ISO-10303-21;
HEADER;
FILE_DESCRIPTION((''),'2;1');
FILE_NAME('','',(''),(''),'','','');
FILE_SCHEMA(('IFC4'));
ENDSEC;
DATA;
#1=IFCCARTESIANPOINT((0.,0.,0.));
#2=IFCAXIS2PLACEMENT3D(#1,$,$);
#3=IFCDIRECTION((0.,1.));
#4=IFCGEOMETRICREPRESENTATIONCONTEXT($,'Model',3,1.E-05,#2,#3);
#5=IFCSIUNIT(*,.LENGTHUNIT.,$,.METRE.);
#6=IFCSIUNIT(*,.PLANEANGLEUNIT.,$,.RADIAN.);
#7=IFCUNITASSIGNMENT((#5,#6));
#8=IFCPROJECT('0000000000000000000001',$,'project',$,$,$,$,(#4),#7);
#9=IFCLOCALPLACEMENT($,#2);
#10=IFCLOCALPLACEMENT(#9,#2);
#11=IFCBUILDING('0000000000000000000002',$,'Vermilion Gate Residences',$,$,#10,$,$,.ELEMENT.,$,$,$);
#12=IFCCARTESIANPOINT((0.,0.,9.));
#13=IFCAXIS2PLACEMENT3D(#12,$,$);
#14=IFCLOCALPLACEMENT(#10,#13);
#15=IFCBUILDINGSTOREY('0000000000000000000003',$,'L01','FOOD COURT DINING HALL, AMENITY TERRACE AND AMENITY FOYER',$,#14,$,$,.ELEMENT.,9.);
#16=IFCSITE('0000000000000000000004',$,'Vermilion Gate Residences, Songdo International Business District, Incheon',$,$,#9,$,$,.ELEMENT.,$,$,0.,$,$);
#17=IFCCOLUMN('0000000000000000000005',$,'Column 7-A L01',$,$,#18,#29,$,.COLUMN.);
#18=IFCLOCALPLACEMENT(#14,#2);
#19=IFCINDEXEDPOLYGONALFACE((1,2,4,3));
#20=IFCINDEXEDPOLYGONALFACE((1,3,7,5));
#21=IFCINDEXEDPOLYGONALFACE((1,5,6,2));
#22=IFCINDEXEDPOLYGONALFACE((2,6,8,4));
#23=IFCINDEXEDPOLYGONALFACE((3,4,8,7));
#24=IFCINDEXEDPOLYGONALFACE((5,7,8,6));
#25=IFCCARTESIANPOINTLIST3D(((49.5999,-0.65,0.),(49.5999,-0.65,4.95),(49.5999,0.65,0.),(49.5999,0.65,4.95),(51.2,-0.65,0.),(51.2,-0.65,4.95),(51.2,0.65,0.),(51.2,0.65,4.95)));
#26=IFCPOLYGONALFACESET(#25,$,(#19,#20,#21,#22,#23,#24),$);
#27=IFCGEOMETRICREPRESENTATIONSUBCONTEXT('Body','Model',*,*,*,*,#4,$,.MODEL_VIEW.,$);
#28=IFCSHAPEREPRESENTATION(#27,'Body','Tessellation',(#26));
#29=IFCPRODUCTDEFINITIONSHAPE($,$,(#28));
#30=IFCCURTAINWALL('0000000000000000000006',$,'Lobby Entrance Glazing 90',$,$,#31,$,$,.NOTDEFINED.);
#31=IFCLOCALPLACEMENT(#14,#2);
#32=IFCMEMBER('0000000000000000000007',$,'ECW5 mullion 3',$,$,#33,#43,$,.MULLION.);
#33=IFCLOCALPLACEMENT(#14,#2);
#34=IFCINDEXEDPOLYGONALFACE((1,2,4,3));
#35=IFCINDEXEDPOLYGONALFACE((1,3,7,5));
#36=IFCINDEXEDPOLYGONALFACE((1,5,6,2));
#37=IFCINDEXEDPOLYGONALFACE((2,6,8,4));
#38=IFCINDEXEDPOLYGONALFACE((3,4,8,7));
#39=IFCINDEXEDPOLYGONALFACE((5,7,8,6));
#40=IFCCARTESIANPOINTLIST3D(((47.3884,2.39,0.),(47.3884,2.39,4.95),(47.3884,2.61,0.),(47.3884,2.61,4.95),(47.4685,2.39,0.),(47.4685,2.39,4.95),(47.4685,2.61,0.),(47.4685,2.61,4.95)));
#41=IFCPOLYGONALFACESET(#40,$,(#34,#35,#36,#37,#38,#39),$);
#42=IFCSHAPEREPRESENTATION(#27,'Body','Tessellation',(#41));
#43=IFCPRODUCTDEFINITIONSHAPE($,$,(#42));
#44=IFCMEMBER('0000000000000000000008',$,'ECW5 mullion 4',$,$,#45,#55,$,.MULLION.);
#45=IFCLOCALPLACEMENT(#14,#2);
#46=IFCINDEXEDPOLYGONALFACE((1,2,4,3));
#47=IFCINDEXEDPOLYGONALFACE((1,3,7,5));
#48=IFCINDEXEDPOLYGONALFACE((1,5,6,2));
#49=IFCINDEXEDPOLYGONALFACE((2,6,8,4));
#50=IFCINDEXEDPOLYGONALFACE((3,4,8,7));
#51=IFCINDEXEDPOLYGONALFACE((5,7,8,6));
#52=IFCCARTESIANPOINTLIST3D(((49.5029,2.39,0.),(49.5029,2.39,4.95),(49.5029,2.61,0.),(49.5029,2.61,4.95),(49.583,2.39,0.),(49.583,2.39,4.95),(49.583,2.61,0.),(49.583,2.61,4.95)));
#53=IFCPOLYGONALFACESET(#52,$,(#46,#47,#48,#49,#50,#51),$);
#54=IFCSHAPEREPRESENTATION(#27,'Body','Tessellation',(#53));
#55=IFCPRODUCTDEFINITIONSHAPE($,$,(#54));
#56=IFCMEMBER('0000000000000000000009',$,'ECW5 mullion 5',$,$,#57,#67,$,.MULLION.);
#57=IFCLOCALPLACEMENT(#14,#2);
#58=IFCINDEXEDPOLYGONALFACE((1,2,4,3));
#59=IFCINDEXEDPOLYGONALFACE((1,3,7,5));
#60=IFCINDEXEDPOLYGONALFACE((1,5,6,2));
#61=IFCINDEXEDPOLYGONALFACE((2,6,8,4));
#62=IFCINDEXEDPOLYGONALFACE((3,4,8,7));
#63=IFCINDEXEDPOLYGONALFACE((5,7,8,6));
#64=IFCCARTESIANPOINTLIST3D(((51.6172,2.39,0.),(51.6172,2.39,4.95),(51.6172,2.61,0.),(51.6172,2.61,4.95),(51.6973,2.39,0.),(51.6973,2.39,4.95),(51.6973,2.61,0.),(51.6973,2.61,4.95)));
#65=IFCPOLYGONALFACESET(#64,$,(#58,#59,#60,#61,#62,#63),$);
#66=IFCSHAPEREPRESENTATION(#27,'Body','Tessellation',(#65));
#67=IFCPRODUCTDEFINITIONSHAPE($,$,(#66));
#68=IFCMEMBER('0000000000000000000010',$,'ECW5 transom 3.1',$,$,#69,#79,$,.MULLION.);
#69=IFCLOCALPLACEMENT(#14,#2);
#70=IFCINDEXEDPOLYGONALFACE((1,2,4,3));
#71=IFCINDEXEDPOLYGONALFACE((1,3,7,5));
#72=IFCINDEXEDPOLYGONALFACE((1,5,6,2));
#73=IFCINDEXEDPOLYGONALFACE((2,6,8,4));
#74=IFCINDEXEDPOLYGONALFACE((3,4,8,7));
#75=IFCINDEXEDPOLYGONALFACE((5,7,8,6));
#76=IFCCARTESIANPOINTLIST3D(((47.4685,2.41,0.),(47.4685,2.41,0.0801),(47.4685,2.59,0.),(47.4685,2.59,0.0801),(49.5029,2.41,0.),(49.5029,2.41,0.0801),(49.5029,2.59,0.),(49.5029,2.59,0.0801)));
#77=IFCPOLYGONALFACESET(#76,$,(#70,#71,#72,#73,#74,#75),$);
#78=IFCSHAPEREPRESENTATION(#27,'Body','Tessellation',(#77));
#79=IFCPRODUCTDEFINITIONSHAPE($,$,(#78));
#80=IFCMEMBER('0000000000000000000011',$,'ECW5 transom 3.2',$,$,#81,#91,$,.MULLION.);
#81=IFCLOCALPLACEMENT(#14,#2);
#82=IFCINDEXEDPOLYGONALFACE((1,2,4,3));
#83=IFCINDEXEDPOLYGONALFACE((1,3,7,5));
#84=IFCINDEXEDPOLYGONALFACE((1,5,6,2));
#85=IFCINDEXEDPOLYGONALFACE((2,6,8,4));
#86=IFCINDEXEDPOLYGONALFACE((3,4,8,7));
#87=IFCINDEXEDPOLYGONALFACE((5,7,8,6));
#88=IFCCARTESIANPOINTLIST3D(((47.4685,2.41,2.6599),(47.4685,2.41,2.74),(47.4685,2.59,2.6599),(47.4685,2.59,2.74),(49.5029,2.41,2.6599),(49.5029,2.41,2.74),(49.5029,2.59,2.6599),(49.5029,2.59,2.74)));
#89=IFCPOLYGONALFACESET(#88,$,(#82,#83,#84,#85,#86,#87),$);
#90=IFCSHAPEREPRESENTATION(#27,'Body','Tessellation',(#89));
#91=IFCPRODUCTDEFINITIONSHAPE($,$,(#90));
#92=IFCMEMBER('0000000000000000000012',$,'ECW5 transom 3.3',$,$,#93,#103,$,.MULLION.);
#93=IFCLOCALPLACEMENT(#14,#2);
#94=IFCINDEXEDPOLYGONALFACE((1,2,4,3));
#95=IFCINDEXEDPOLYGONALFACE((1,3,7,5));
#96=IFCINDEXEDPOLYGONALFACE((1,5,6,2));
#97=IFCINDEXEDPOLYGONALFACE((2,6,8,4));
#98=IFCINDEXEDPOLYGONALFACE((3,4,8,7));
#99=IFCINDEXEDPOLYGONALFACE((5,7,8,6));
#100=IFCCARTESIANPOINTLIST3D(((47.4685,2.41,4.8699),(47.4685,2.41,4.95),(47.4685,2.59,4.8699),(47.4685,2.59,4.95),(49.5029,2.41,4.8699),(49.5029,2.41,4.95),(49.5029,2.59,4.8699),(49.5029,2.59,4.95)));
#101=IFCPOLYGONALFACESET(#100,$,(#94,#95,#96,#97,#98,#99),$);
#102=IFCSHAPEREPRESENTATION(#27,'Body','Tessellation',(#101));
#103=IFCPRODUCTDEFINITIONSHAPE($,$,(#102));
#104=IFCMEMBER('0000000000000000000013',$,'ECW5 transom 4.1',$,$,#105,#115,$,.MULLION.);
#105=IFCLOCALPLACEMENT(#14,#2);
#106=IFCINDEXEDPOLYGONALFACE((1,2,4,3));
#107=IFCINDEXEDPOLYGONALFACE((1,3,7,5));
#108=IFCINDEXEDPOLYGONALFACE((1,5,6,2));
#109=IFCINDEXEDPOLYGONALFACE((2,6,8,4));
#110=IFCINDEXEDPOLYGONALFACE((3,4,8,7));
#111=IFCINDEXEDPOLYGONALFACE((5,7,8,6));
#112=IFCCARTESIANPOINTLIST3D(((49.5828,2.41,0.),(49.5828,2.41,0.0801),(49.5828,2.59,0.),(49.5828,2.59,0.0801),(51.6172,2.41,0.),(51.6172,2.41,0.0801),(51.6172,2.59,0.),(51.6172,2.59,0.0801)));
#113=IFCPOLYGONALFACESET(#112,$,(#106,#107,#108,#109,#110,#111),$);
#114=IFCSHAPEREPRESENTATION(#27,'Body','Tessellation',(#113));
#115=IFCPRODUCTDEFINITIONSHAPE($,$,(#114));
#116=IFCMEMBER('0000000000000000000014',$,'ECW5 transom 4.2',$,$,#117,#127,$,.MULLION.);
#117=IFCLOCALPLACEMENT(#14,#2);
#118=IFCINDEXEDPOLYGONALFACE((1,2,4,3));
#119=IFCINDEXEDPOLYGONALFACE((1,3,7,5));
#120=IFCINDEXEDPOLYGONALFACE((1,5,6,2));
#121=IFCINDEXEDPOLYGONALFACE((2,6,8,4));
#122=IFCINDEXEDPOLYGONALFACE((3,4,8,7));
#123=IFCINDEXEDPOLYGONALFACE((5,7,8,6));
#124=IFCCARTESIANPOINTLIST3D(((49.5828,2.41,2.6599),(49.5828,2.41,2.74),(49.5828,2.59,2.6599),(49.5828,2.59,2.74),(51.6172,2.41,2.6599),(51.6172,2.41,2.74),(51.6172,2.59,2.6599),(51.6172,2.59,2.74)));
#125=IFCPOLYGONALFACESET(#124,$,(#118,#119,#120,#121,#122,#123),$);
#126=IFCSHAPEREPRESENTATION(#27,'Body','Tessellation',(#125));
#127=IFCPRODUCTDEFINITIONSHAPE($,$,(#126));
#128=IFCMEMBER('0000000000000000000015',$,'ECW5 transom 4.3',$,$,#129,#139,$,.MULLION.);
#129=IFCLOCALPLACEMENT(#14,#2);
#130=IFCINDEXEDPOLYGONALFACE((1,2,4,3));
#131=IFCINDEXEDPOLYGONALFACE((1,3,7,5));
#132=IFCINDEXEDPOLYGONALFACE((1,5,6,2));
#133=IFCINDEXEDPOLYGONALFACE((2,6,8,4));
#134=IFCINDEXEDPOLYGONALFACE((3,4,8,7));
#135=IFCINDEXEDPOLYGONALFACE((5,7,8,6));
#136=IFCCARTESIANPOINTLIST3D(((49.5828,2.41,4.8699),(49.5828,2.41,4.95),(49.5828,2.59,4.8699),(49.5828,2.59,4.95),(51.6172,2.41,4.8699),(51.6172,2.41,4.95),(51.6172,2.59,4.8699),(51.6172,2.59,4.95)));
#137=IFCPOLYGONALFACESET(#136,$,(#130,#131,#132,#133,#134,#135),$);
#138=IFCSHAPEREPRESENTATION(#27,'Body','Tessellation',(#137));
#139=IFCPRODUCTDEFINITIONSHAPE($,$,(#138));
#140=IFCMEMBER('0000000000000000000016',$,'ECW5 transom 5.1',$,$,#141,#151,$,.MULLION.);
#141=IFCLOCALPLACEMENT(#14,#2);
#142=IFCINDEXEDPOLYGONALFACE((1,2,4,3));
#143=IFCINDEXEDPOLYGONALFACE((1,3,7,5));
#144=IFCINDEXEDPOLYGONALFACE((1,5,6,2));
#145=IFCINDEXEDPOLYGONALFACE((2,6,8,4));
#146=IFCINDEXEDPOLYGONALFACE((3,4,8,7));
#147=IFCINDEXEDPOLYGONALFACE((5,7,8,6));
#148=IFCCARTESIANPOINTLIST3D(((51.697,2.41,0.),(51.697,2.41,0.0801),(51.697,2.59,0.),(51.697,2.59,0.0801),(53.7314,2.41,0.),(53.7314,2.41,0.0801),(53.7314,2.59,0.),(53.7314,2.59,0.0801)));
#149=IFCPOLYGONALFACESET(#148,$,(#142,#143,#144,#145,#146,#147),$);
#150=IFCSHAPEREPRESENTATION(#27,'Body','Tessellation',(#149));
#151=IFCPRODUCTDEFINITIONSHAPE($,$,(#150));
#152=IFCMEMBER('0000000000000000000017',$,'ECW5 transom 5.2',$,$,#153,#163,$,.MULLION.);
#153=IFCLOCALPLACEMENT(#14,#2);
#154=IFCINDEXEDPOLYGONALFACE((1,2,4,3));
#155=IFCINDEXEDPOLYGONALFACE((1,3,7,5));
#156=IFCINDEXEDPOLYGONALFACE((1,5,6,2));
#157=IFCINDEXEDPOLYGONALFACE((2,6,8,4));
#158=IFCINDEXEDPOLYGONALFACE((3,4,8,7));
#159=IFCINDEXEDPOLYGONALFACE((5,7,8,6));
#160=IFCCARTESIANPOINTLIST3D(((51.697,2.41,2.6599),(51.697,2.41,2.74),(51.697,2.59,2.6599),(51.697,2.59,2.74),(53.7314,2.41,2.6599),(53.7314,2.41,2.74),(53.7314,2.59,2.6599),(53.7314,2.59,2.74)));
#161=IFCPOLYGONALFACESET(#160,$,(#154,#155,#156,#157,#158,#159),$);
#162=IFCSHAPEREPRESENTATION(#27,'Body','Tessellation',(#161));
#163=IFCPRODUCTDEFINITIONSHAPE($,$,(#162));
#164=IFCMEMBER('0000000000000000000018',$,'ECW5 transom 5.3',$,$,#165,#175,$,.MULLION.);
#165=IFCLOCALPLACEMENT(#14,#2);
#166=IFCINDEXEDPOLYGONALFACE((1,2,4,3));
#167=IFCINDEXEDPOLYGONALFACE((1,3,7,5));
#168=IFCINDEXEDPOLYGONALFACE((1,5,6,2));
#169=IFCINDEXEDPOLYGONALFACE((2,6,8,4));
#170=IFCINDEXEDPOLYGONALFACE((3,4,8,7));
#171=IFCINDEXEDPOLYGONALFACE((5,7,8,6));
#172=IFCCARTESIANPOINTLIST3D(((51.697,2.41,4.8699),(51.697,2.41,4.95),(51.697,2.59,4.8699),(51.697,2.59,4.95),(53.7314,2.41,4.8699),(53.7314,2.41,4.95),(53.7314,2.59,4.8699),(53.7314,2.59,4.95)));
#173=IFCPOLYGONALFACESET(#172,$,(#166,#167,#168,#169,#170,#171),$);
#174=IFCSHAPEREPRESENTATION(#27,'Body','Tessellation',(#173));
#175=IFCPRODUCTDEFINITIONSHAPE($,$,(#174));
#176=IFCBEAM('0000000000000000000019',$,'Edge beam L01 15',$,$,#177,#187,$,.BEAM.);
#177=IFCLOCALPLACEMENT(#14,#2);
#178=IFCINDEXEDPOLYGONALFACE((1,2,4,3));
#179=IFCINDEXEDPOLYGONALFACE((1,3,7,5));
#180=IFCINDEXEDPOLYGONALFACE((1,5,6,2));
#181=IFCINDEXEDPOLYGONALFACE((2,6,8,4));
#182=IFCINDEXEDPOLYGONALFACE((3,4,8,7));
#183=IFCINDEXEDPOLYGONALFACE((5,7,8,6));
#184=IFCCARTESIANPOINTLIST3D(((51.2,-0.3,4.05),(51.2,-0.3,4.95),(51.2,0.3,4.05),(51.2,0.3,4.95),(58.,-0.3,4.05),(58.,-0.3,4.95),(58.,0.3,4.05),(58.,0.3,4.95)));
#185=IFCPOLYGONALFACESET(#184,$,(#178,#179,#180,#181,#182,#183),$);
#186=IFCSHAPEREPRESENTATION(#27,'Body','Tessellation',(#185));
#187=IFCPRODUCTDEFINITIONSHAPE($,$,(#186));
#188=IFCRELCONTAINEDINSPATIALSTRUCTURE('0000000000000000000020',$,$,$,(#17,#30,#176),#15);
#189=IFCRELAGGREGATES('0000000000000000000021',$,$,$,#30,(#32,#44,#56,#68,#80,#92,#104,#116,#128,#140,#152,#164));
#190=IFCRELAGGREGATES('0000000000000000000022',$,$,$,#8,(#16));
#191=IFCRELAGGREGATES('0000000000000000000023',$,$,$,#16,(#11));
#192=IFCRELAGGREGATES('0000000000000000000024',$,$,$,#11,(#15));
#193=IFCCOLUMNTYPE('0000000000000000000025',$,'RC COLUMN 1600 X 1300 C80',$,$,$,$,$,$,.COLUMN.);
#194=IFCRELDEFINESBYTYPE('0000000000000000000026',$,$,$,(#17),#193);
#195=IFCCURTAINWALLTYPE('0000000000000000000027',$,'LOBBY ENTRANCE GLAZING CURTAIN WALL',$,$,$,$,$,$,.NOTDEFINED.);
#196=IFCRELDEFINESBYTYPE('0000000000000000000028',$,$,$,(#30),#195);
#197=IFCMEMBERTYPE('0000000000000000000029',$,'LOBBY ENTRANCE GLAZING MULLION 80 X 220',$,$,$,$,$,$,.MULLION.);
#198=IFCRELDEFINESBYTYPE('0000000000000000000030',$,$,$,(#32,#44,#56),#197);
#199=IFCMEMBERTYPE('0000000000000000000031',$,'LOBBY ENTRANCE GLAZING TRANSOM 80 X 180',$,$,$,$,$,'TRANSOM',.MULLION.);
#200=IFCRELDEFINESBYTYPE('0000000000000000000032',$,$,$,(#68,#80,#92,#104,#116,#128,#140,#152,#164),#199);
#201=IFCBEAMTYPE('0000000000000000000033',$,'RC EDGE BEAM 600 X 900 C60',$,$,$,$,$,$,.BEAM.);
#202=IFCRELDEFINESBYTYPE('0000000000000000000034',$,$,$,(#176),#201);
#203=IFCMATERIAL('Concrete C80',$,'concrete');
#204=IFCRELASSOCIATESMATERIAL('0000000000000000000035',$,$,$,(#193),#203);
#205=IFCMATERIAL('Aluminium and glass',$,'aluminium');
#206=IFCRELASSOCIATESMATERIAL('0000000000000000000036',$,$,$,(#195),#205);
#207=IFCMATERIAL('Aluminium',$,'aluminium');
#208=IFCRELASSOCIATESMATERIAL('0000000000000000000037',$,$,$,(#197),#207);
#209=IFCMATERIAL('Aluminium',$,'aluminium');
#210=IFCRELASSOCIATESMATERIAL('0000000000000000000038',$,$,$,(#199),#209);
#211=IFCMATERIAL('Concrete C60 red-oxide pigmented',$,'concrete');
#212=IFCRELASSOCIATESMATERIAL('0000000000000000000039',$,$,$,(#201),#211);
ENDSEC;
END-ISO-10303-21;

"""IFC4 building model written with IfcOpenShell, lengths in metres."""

from ifc_helpers import new_model, si_unit, direction, frame, origin, origin_2d, place, context, subcontext, project, spatial, rectangle, extrude, material, material_profile, profile_set, type_object, element, aggregate, save


model = new_model("IFC4")

# Units and contexts
model_context = context("Model", 3, precision=1e-05, world=origin(), true_north=direction((0.0, 1.0)))
body_context = subcontext(model_context, "Body", "Model", "MODEL_VIEW")
ifc_project = project(units=[si_unit("LENGTHUNIT", "METRE"), si_unit("PLANEANGLEUNIT", "RADIAN")], contexts=[model_context])

# Site, building, storey
site_placement = place(None, origin())
site = spatial("IfcSite", under=ifc_project, at=site_placement, Name="Vermilion Gate Residences, Songdo International Business District, Incheon", CompositionType="ELEMENT", RefElevation=0.0)
building_placement = place(site_placement, origin())
building = spatial("IfcBuilding", under=site, at=building_placement, Name="Vermilion Gate Residences", CompositionType="ELEMENT")
storey_placement = place(building_placement, frame((0.0, 0.0, 9.0)))
storey = spatial("IfcBuildingStorey", under=building, at=storey_placement, Name="L01", Description="FOOD COURT DINING HALL, AMENITY TERRACE AND AMENITY FOYER", CompositionType="ELEMENT", Elevation=9.0)

# Column
ifc_material_1 = material(Name="Concrete C80", Category="concrete")
ifc_material_profile_1 = material_profile(ifc_material_1, rectangle(XDim=1.6001, YDim=1.3, at=origin_2d()), Name="RC-1600x1300")
ifc_profile_set_1 = profile_set([ifc_material_profile_1], Name="Concrete C80")
column_type = type_object("IfcColumnType", Name="RC COLUMN 1600 X 1300 C80", PredefinedType="COLUMN", material=ifc_profile_set_1)
column_placement = place(storey_placement, frame((50.3999, 0.0, 0.0), z_axis=(0.0, 0.0, 1.0), x_axis=(1.0, 0.0, 0.0)))
element("IfcColumn", 1, at=column_placement, inside=storey, type_object=column_type, Name="Column 7-A L01", PredefinedType="COLUMN", context=body_context, shape_type="SweptSolid", body=[
    extrude(rectangle(XDim=1.6001, YDim=1.3, at=origin_2d()), origin(), (0.0, 0.0, 1.0), 4.95),
])

# Curtain wall, members
ifc_material_2 = material(Name="Aluminium and glass", Category="aluminium")
curtain_wall_type = type_object("IfcCurtainWallType", Name="LOBBY ENTRANCE GLAZING CURTAIN WALL", PredefinedType="NOTDEFINED", material=ifc_material_2)
curtain_wall_placement = place(storey_placement, origin())
curtain_wall = element("IfcCurtainWall", 2, at=curtain_wall_placement, inside=storey, type_object=curtain_wall_type, Name="Lobby Entrance Glazing 90", PredefinedType="NOTDEFINED")
ifc_material_3 = material(Name="Aluminium", Category="aluminium")
ifc_material_profile_2 = material_profile(ifc_material_3, rectangle(XDim=0.22, YDim=0.0801, at=origin_2d()), Name="MULLION 80 X 220")
ifc_profile_set_2 = profile_set([ifc_material_profile_2], Name="Aluminium")
member_type_1 = type_object("IfcMemberType", Name="LOBBY ENTRANCE GLAZING MULLION 80 X 220", PredefinedType="MULLION", material=ifc_profile_set_2)
member_1_placement = place(storey_placement, frame((47.4285, 2.5, 0.0), z_axis=(0.0, 0.0, 1.0), x_axis=(0.0, 1.0, 0.0)))
member_1 = element("IfcMember", 3, at=member_1_placement, type_object=member_type_1, Name="ECW5 mullion 3", PredefinedType="MULLION", context=body_context, shape_type="SweptSolid", body=[
    extrude(rectangle(XDim=0.22, YDim=0.0801, at=origin_2d()), origin(), (0.0, 0.0, 1.0), 4.95),
])
member_2_placement = place(storey_placement, frame((49.543, 2.5, 0.0), z_axis=(0.0, 0.0, 1.0), x_axis=(0.0, 1.0, 0.0)))
member_2 = element("IfcMember", 4, at=member_2_placement, type_object=member_type_1, Name="ECW5 mullion 4", PredefinedType="MULLION", context=body_context, shape_type="SweptSolid", body=[
    extrude(rectangle(XDim=0.22, YDim=0.0801, at=origin_2d()), origin(), (0.0, 0.0, 1.0), 4.95),
])
member_3_placement = place(storey_placement, frame((51.6572, 2.5, 0.0), z_axis=(0.0, 0.0, 1.0), x_axis=(0.0, 1.0, 0.0)))
member_3 = element("IfcMember", 5, at=member_3_placement, type_object=member_type_1, Name="ECW5 mullion 5", PredefinedType="MULLION", context=body_context, shape_type="SweptSolid", body=[
    extrude(rectangle(XDim=0.22, YDim=0.0801, at=origin_2d()), origin(), (0.0, 0.0, 1.0), 4.95),
])
ifc_material_4 = material(Name="Aluminium", Category="aluminium")
ifc_material_profile_3 = material_profile(ifc_material_4, rectangle(XDim=0.1799, YDim=0.0801, at=origin_2d()), Name="TRANSOM 80 X 180")
ifc_profile_set_3 = profile_set([ifc_material_profile_3], Name="Aluminium")
member_type_2 = type_object("IfcMemberType", Name="LOBBY ENTRANCE GLAZING TRANSOM 80 X 180", ElementType="TRANSOM", PredefinedType="MULLION", material=ifc_profile_set_3)
member_4_placement = place(storey_placement, frame((47.4685, 2.5, 0.04), z_axis=(1.0, 0.0, 0.0), x_axis=(0.0, 1.0, 0.0)))
member_4 = element("IfcMember", 6, at=member_4_placement, type_object=member_type_2, Name="ECW5 transom 3.1", PredefinedType="MULLION", context=body_context, shape_type="SweptSolid", body=[
    extrude(rectangle(XDim=0.1799, YDim=0.0801, at=origin_2d()), origin(), (0.0, 0.0, 1.0), 2.0344),
])
member_5_placement = place(storey_placement, frame((47.4685, 2.5, 2.7), z_axis=(1.0, 0.0, 0.0), x_axis=(0.0, 1.0, 0.0)))
member_5 = element("IfcMember", 7, at=member_5_placement, type_object=member_type_2, Name="ECW5 transom 3.2", PredefinedType="MULLION", context=body_context, shape_type="SweptSolid", body=[
    extrude(rectangle(XDim=0.1799, YDim=0.0801, at=origin_2d()), origin(), (0.0, 0.0, 1.0), 2.0344),
])
member_6_placement = place(storey_placement, frame((47.4685, 2.5, 4.9099), z_axis=(1.0, 0.0, 0.0), x_axis=(0.0, 1.0, 0.0)))
member_6 = element("IfcMember", 8, at=member_6_placement, type_object=member_type_2, Name="ECW5 transom 3.3", PredefinedType="MULLION", context=body_context, shape_type="SweptSolid", body=[
    extrude(rectangle(XDim=0.1799, YDim=0.0801, at=origin_2d()), origin(), (0.0, 0.0, 1.0), 2.0344),
])
member_7_placement = place(storey_placement, frame((49.5828, 2.5, 0.04), z_axis=(1.0, 0.0, 0.0), x_axis=(0.0, 1.0, 0.0)))
member_7 = element("IfcMember", 9, at=member_7_placement, type_object=member_type_2, Name="ECW5 transom 4.1", PredefinedType="MULLION", context=body_context, shape_type="SweptSolid", body=[
    extrude(rectangle(XDim=0.1799, YDim=0.0801, at=origin_2d()), origin(), (0.0, 0.0, 1.0), 2.0344),
])
member_8_placement = place(storey_placement, frame((49.5828, 2.5, 2.7), z_axis=(1.0, 0.0, 0.0), x_axis=(0.0, 1.0, 0.0)))
member_8 = element("IfcMember", 10, at=member_8_placement, type_object=member_type_2, Name="ECW5 transom 4.2", PredefinedType="MULLION", context=body_context, shape_type="SweptSolid", body=[
    extrude(rectangle(XDim=0.1799, YDim=0.0801, at=origin_2d()), origin(), (0.0, 0.0, 1.0), 2.0344),
])
member_9_placement = place(storey_placement, frame((49.5828, 2.5, 4.9099), z_axis=(1.0, 0.0, 0.0), x_axis=(0.0, 1.0, 0.0)))
member_9 = element("IfcMember", 11, at=member_9_placement, type_object=member_type_2, Name="ECW5 transom 4.3", PredefinedType="MULLION", context=body_context, shape_type="SweptSolid", body=[
    extrude(rectangle(XDim=0.1799, YDim=0.0801, at=origin_2d()), origin(), (0.0, 0.0, 1.0), 2.0344),
])
member_10_placement = place(storey_placement, frame((51.697, 2.5, 0.04), z_axis=(1.0, 0.0, 0.0), x_axis=(0.0, 1.0, 0.0)))
member_10 = element("IfcMember", 12, at=member_10_placement, type_object=member_type_2, Name="ECW5 transom 5.1", PredefinedType="MULLION", context=body_context, shape_type="SweptSolid", body=[
    extrude(rectangle(XDim=0.1799, YDim=0.0801, at=origin_2d()), origin(), (0.0, 0.0, 1.0), 2.0344),
])
member_11_placement = place(storey_placement, frame((51.697, 2.5, 2.7), z_axis=(1.0, 0.0, 0.0), x_axis=(0.0, 1.0, 0.0)))
member_11 = element("IfcMember", 13, at=member_11_placement, type_object=member_type_2, Name="ECW5 transom 5.2", PredefinedType="MULLION", context=body_context, shape_type="SweptSolid", body=[
    extrude(rectangle(XDim=0.1799, YDim=0.0801, at=origin_2d()), origin(), (0.0, 0.0, 1.0), 2.0344),
])
member_12_placement = place(storey_placement, frame((51.697, 2.5, 4.9099), z_axis=(1.0, 0.0, 0.0), x_axis=(0.0, 1.0, 0.0)))
member_12 = element("IfcMember", 14, at=member_12_placement, type_object=member_type_2, Name="ECW5 transom 5.3", PredefinedType="MULLION", context=body_context, shape_type="SweptSolid", body=[
    extrude(rectangle(XDim=0.1799, YDim=0.0801, at=origin_2d()), origin(), (0.0, 0.0, 1.0), 2.0344),
])

# Beam
ifc_material_5 = material(Name="Concrete C60 red-oxide pigmented", Category="concrete")
ifc_material_profile_4 = material_profile(ifc_material_5, rectangle(XDim=0.6001, YDim=0.8999, at=origin_2d()), Name="RC-600x900")
ifc_profile_set_4 = profile_set([ifc_material_profile_4], Name="Concrete C60 red-oxide pigmented")
beam_type = type_object("IfcBeamType", Name="RC EDGE BEAM 600 X 900 C60", PredefinedType="BEAM", material=ifc_profile_set_4)
beam_placement = place(storey_placement, frame((51.2, 0.0, 4.5), z_axis=(1.0, 0.0, 0.0), x_axis=(0.0, 1.0, 0.0)))
element("IfcBeam", 15, at=beam_placement, inside=storey, type_object=beam_type, Name="Edge beam L01 15", PredefinedType="BEAM", context=body_context, shape_type="SweptSolid", body=[
    extrude(rectangle(XDim=0.6001, YDim=0.8999, at=origin_2d()), origin(), (0.0, 0.0, 1.0), 6.8),
])

aggregate(curtain_wall, [member_1, member_2, member_3, member_4, member_5, member_6, member_7, member_8, member_9, member_10, member_11, member_12])

save(model, "model.ifc")
